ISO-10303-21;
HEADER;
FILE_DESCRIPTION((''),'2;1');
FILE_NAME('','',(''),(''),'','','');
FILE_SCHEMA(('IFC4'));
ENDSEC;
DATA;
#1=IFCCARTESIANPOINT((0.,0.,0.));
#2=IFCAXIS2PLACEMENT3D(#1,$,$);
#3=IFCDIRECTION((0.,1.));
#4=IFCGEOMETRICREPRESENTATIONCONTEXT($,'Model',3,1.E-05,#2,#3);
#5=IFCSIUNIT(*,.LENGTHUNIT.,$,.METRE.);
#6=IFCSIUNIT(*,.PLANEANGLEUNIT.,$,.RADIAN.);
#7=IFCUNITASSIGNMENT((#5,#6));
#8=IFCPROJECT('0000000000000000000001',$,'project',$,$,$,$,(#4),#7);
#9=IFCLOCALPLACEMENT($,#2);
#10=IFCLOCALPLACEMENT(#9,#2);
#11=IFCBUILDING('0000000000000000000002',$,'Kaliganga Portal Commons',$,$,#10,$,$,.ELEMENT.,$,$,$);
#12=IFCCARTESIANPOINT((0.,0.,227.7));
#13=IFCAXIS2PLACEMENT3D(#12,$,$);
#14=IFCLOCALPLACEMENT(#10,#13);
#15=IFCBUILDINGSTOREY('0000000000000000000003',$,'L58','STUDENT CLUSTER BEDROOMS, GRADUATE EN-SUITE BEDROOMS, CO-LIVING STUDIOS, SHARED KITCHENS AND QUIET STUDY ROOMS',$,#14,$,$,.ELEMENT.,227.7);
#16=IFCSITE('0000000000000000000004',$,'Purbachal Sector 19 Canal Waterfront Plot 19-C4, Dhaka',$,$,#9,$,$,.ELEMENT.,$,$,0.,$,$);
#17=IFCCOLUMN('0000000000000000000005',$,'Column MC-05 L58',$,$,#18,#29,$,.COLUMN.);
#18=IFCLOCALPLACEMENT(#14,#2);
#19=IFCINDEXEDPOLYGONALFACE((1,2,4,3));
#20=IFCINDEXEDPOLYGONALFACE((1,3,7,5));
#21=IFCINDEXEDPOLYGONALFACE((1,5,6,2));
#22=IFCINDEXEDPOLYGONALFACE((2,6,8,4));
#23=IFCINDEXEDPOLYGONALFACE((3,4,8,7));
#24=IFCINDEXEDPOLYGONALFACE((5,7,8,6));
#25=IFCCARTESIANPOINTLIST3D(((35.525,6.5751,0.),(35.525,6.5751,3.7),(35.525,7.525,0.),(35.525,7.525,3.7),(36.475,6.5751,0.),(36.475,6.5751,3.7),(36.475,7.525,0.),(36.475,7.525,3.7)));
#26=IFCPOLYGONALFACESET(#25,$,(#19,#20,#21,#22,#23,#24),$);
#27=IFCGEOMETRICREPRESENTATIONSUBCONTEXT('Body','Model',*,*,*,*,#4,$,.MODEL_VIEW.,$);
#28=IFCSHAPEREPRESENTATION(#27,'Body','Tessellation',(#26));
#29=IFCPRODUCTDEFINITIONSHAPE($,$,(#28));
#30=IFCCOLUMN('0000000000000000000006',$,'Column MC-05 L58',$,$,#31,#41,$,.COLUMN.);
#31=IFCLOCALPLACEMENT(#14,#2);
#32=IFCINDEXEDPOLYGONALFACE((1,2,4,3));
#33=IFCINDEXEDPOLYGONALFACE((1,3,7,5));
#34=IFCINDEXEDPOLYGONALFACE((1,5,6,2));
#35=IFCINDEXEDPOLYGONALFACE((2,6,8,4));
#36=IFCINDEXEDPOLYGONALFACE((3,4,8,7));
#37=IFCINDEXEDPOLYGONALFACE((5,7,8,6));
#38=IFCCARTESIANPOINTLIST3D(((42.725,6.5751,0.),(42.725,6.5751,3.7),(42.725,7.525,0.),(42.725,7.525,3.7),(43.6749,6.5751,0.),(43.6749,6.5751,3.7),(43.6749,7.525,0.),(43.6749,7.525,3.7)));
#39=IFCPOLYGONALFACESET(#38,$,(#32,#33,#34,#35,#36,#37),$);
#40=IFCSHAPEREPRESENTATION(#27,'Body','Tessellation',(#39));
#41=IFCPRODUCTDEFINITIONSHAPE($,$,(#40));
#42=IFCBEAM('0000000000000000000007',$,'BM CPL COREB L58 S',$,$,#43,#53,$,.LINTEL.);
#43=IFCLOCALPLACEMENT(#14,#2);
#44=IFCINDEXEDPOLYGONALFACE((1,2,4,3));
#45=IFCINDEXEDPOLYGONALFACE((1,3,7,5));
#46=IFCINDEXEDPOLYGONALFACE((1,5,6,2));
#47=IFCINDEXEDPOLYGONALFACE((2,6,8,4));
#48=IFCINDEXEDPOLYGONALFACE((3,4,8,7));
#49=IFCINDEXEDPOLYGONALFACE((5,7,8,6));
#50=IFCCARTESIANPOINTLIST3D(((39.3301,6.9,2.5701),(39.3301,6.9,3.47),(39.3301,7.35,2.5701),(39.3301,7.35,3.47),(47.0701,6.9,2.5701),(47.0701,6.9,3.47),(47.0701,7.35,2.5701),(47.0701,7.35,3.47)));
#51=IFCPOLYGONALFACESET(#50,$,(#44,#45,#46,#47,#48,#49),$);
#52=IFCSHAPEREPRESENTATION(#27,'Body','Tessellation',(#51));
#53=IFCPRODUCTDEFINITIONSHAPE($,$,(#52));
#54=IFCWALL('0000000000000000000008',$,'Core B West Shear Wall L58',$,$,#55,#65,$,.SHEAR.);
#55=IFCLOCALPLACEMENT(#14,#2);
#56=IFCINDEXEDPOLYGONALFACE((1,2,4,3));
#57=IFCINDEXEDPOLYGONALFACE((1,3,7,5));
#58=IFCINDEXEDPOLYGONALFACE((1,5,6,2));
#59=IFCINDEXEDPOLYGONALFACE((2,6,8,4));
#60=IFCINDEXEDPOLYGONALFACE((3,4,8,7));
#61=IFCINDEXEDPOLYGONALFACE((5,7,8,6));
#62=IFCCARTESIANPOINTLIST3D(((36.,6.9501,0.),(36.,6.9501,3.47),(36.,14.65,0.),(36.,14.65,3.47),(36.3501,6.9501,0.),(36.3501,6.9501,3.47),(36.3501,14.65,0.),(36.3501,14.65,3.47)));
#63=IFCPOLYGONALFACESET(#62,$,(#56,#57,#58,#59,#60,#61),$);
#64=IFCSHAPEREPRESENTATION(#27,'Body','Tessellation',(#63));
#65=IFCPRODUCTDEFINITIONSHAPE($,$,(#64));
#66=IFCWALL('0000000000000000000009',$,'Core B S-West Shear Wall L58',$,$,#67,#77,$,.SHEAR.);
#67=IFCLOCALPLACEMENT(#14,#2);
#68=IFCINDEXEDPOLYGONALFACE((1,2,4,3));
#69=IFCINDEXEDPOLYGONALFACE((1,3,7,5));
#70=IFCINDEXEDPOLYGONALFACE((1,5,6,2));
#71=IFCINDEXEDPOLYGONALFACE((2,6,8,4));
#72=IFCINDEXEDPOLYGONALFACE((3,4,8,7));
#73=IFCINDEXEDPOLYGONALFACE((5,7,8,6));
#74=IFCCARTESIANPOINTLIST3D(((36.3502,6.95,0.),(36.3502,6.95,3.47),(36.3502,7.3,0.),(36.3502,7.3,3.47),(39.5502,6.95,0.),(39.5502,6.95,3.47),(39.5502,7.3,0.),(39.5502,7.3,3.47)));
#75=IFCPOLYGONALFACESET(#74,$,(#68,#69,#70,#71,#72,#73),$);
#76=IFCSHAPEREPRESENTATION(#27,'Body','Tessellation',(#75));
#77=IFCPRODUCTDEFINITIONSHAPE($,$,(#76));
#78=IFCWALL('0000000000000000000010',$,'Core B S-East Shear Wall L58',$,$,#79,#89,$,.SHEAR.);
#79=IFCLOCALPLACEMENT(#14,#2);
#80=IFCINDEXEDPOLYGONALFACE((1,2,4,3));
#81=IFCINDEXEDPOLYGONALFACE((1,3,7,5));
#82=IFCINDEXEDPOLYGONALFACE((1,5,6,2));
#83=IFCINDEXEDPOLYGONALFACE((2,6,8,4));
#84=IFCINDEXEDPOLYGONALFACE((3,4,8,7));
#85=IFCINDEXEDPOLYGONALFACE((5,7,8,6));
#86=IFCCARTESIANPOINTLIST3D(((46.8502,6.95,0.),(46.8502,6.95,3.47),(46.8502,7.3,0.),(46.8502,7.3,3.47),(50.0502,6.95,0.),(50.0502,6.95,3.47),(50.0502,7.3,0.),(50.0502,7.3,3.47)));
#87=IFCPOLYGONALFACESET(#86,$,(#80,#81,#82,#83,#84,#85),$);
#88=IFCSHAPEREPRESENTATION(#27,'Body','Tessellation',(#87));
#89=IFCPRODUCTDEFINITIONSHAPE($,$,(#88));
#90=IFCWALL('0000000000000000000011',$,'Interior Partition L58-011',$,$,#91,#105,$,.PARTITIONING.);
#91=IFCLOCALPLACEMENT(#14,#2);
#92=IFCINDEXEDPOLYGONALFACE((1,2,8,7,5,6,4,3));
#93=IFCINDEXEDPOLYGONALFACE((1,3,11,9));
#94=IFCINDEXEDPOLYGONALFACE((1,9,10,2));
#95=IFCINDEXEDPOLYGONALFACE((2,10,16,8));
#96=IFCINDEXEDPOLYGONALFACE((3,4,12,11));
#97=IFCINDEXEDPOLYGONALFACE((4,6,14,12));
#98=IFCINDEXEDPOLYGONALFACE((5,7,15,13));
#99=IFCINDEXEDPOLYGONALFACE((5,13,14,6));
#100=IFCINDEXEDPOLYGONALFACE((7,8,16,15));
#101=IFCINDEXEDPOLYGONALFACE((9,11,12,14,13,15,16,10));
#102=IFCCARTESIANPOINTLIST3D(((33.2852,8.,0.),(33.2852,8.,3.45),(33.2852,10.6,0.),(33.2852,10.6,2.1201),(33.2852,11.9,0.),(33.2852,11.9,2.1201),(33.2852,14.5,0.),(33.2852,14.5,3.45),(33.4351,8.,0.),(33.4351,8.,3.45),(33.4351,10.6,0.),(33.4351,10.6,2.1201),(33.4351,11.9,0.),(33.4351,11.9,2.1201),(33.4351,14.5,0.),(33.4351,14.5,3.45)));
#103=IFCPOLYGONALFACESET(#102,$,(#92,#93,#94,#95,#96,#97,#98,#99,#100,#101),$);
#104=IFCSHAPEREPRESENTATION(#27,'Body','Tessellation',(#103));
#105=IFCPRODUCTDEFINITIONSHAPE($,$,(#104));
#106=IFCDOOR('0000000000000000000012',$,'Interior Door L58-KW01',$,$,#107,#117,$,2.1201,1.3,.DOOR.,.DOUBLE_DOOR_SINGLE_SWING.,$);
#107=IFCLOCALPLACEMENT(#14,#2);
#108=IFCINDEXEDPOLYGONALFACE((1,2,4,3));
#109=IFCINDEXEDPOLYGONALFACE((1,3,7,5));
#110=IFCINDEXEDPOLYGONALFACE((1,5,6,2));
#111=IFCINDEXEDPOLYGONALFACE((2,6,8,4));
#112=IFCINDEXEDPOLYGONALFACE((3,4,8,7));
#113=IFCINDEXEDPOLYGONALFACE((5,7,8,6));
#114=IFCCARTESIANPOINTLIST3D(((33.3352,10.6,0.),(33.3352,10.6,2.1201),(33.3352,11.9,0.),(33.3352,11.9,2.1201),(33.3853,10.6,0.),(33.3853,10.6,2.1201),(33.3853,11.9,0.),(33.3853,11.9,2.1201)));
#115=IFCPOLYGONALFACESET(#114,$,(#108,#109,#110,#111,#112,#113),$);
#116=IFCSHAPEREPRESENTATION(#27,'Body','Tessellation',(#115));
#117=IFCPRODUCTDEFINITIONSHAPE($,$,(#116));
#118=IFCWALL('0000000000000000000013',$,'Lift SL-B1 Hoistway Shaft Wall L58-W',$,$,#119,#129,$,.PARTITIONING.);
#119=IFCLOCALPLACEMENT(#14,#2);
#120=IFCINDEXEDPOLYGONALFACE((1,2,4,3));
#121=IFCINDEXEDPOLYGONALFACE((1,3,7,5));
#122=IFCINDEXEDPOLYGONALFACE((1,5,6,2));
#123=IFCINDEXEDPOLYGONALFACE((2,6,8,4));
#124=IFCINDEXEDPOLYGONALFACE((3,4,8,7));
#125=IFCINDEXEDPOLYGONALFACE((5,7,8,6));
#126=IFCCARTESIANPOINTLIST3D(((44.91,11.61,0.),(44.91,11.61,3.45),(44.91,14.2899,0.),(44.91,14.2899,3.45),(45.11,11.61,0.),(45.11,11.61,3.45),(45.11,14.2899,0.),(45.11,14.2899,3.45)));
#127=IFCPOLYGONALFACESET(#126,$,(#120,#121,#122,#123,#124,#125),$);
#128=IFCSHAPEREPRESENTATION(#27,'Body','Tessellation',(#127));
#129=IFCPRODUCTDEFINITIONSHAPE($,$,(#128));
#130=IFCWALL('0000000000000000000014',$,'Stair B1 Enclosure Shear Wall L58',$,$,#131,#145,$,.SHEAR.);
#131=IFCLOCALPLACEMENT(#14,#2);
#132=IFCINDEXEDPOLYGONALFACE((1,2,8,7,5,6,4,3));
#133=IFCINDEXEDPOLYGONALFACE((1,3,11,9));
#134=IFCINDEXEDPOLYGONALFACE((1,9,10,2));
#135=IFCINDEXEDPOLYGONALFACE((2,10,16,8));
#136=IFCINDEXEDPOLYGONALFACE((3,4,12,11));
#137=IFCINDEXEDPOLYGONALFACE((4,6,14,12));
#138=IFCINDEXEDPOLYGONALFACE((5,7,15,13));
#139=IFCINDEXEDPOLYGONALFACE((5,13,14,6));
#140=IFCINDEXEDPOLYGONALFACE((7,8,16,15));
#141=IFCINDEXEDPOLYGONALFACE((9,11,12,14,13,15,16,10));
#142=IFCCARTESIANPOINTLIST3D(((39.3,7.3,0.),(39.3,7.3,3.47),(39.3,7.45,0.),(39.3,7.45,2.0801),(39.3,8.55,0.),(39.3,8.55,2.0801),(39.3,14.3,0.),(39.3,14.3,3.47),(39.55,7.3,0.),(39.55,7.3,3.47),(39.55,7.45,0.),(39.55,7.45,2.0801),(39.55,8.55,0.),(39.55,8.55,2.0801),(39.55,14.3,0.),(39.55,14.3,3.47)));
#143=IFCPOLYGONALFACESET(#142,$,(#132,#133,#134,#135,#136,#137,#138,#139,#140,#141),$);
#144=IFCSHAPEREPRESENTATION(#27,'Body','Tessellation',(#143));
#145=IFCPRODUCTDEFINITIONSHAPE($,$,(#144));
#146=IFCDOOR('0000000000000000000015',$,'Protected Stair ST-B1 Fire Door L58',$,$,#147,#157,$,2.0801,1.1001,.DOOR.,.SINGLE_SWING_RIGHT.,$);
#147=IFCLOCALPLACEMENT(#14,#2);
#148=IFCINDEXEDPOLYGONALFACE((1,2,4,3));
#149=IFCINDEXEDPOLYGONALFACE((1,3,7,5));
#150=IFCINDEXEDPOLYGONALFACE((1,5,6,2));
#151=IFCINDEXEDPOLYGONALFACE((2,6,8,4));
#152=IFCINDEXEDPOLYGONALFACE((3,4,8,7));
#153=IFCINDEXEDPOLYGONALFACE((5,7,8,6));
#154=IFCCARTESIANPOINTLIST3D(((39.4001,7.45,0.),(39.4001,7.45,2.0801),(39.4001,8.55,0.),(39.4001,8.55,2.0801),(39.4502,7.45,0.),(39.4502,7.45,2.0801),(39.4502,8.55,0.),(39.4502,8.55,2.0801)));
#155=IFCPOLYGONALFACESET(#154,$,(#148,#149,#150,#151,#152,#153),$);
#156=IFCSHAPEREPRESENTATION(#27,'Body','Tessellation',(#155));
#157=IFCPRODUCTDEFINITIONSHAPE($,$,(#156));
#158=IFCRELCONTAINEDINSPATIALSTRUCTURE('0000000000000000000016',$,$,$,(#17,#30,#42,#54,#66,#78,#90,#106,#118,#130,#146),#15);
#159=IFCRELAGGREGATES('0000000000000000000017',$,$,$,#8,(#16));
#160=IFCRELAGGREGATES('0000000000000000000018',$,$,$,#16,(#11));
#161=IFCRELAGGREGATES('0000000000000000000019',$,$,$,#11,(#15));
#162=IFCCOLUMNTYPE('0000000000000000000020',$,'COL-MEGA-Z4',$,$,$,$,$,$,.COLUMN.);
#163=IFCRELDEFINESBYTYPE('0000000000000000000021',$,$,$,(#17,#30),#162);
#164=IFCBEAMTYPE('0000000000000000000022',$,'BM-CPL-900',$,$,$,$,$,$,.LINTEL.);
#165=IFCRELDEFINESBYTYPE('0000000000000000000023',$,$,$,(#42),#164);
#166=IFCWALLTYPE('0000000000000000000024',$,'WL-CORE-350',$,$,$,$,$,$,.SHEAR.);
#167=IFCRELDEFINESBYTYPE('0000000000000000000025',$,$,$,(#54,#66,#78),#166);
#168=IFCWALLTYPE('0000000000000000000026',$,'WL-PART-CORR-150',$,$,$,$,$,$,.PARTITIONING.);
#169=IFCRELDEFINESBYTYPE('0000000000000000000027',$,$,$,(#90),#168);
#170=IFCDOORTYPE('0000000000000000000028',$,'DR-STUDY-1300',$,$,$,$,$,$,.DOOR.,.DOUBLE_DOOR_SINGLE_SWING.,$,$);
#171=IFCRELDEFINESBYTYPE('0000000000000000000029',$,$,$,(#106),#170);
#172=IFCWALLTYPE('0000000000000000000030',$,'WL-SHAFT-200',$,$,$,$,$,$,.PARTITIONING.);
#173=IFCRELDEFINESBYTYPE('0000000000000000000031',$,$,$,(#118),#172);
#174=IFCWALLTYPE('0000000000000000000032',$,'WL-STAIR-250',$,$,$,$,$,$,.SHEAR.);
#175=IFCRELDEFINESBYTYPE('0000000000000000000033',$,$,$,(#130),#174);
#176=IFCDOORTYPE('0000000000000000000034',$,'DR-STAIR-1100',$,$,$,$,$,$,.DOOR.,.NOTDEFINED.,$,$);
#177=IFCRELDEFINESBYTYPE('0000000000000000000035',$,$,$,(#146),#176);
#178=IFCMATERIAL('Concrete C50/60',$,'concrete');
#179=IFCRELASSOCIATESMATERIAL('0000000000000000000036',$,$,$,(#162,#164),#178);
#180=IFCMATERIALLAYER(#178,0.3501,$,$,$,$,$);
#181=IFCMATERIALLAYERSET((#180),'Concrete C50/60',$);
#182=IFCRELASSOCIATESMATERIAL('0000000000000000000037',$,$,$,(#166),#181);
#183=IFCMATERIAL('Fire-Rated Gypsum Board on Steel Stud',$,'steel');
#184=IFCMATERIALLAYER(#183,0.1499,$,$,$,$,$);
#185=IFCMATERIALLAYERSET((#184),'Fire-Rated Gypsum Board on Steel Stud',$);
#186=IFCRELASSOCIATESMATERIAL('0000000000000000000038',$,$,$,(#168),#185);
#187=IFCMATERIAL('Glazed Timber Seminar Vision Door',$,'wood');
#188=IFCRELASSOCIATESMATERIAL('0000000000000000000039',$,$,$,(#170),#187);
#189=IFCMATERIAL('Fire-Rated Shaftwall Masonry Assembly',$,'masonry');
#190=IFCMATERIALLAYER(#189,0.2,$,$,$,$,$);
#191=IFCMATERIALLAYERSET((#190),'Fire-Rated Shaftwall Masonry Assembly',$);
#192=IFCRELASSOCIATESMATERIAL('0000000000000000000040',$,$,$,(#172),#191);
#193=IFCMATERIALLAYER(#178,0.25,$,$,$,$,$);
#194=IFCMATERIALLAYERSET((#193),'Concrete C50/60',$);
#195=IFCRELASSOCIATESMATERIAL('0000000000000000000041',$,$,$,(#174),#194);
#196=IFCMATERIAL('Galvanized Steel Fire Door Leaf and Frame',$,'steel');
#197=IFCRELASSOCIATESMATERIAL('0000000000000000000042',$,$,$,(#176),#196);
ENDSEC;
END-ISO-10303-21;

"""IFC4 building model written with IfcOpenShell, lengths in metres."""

from ifc_helpers import new_model, si_unit, direction, frame, frame_2d, origin, origin_2d, place, context, subcontext, project, spatial, rectangle, extrude, source, transform, mapped, material, layer, layer_set, material_profile, profile_set, type_object, element, fill, save


model = new_model("IFC4")

# Units and contexts
model_context = context("Model", 3, precision=1e-05, world=origin(), true_north=direction((0.0, 1.0)))
body_context = subcontext(model_context, "Body", "Model", "MODEL_VIEW")
ifc_project = project(units=[si_unit("LENGTHUNIT", "METRE"), si_unit("PLANEANGLEUNIT", "RADIAN")], contexts=[model_context])

# Site, building, storey
site_placement = place(None, origin())
site = spatial("IfcSite", under=ifc_project, at=site_placement, Name="Purbachal Sector 19 Canal Waterfront Plot 19-C4, Dhaka", CompositionType="ELEMENT", RefElevation=0.0)
building_placement = place(site_placement, origin())
building = spatial("IfcBuilding", under=site, at=building_placement, Name="Kaliganga Portal Commons", CompositionType="ELEMENT")
storey_placement = place(building_placement, frame((0.0, 0.0, 227.7)))
storey = spatial("IfcBuildingStorey", under=building, at=storey_placement, Name="L58", Description="STUDENT CLUSTER BEDROOMS, GRADUATE EN-SUITE BEDROOMS, CO-LIVING STUDIOS, SHARED KITCHENS AND QUIET STUDY ROOMS", CompositionType="ELEMENT", Elevation=227.7)

# Columns
ifc_material_1 = material(Name="Concrete C50/60", Category="concrete")
ifc_material_profile_1 = material_profile(ifc_material_1, rectangle(XDim=0.95, YDim=0.95, at=origin_2d()), Name="RC 950x950")
ifc_profile_set_1 = profile_set([ifc_material_profile_1], Name="Concrete C50/60")
column_type = type_object("IfcColumnType", Name="COL-MEGA-Z4", PredefinedType="COLUMN", material=ifc_profile_set_1)
shared_shape_1 = source(origin(), body_context, "Body", "SweptSolid", [
    extrude(rectangle(XDim=0.95, YDim=0.95, at=origin_2d()), origin(), (0.0, 0.0, 1.0), 3.7),
])
for number, where, z_axis, x_axis, name in (
    (1, (36.0, 7.05, 0.0), (0.0, 0.0, 1.0), (1.0, 0.0, 0.0), "Column MC-05 L58"),
    (2, (43.2, 7.05, 0.0), (0.0, 0.0, 1.0), (1.0, 0.0, 0.0), "Column MC-05 L58"),
):
    element("IfcColumn", number, at=place(storey_placement, frame(where, z_axis=z_axis, x_axis=x_axis)), inside=storey, type_object=column_type, Name=name, PredefinedType="COLUMN", context=body_context, shape_type="MappedRepresentation", body=[
        mapped(shared_shape_1, transform((0.0, 0.0, 0.0), x_axis=(1.0, 0.0, 0.0), y_axis=(0.0, 1.0, 0.0), z_axis=(0.0, 0.0, 1.0), scale=1.0)),
    ])

# Beam
ifc_material_profile_2 = material_profile(ifc_material_1, rectangle(XDim=0.45, YDim=0.8999, at=origin_2d()), Name="RC 450x900")
ifc_profile_set_2 = profile_set([ifc_material_profile_2], Name="Concrete C50/60")
beam_type = type_object("IfcBeamType", Name="BM-CPL-900", PredefinedType="LINTEL", material=ifc_profile_set_2)
shared_shape_2 = source(origin(), body_context, "Body", "SweptSolid", [
    extrude(rectangle(XDim=0.45, YDim=0.8999, at=origin_2d()), origin(), (0.0, 0.0, 1.0), 7.74),
])
beam_placement = place(storey_placement, frame((39.3301, 7.125, 3.02), z_axis=(1.0, 0.0, 0.0), x_axis=(0.0, 1.0, 0.0)))
element("IfcBeam", 3, at=beam_placement, inside=storey, type_object=beam_type, Name="BM CPL COREB L58 S", PredefinedType="LINTEL", context=body_context, shape_type="MappedRepresentation", body=[
    mapped(shared_shape_2, transform((0.0, 0.0, 0.0), x_axis=(1.0, 0.0, 0.0), y_axis=(0.0, 1.0, 0.0), z_axis=(0.0, 0.0, 1.0), scale=1.0)),
])

# Walls
ifc_layer_1 = layer(ifc_material_1, 0.3501)
ifc_layer_set_1 = layer_set([ifc_layer_1], Name="Concrete C50/60")
wall_type_1 = type_object("IfcWallType", Name="WL-CORE-350", PredefinedType="SHEAR", material=ifc_layer_set_1)
wall_1_placement = place(storey_placement, frame((36.175, 6.95, 0.0), z_axis=(0.0, 0.0, 1.0), x_axis=(0.0, 1.0, 0.0)))
element("IfcWall", 4, at=wall_1_placement, inside=storey, type_object=wall_type_1, Name="Core B West Shear Wall L58", PredefinedType="SHEAR", context=body_context, shape_type="SweptSolid", body=[
    extrude(rectangle(XDim=7.7, YDim=0.3501, at=frame_2d((3.8501, 0.0))), origin(), (0.0, 0.0, 1.0), 3.47),
])
for number, where, z_axis, x_axis, name in (
    (5, (36.3501, 7.125, 0.0), (0.0, 0.0, 1.0), (1.0, 0.0, 0.0), "Core B S-West Shear Wall L58"),
    (6, (46.8501, 7.125, 0.0), (0.0, 0.0, 1.0), (1.0, 0.0, 0.0), "Core B S-East Shear Wall L58"),
):
    element("IfcWall", number, at=place(storey_placement, frame(where, z_axis=z_axis, x_axis=x_axis)), inside=storey, type_object=wall_type_1, Name=name, PredefinedType="SHEAR", context=body_context, shape_type="SweptSolid", body=[
        extrude(rectangle(XDim=3.2, YDim=0.3501, at=frame_2d((1.6001, 0.0))), origin(), (0.0, 0.0, 1.0), 3.47),
    ])

# Wall, opening, door
ifc_material_2 = material(Name="Fire-Rated Gypsum Board on Steel Stud", Category="steel")
ifc_layer_2 = layer(ifc_material_2, 0.1499)
ifc_layer_set_2 = layer_set([ifc_layer_2], Name="Fire-Rated Gypsum Board on Steel Stud")
wall_type_2 = type_object("IfcWallType", Name="WL-PART-CORR-150", PredefinedType="PARTITIONING", material=ifc_layer_set_2)
wall_2_placement = place(storey_placement, frame((33.3601, 8.0, 0.0), z_axis=(0.0, 0.0, 1.0), x_axis=(0.0, 1.0, 0.0)))
wall_2 = element("IfcWall", 7, at=wall_2_placement, inside=storey, type_object=wall_type_2, Name="Interior Partition L58-011", PredefinedType="PARTITIONING", context=body_context, shape_type="SweptSolid", body=[
    extrude(rectangle(XDim=6.5, YDim=0.1499, at=frame_2d((3.25, 0.0))), origin(), (0.0, 0.0, 1.0), 3.45),
])
opening_1_placement = place(wall_2_placement, frame((2.6001, 0.0, 0.0)))
opening_1 = element("IfcOpeningElement", 8, at=opening_1_placement, cuts=wall_2, PredefinedType="OPENING", context=body_context, shape_type="SweptSolid", body=[
    extrude(rectangle(XDim=1.3, YDim=2.1201, at=frame_2d((0.6499, 1.0601))), frame((0.0, 0.085, 0.0), z_axis=(0.0, -1.0, 0.0), x_axis=(1.0, 0.0, 0.0)), (0.0, 0.0, 1.0), 0.1699),
])
ifc_material_3 = material(Name="Glazed Timber Seminar Vision Door", Category="wood")
door_type_1 = type_object("IfcDoorType", Name="DR-STUDY-1300", OperationType="DOUBLE_DOOR_SINGLE_SWING", PredefinedType="DOOR", material=ifc_material_3)
door_1_placement = place(opening_1_placement, origin())
door_1 = element("IfcDoor", 9, at=door_1_placement, inside=storey, type_object=door_type_1, Name="Interior Door L58-KW01", OperationType="DOUBLE_DOOR_SINGLE_SWING", OverallHeight=2.1201, OverallWidth=1.3, PredefinedType="DOOR", context=body_context, shape_type="SweptSolid", body=[
    extrude(rectangle(XDim=1.3, YDim=2.1201, at=frame_2d((0.6499, 1.0601))), frame((0.0, 0.0249, 0.0), z_axis=(0.0, -1.0, 0.0), x_axis=(1.0, 0.0, 0.0)), (0.0, 0.0, 1.0), 0.05),
])
fill(opening_1, door_1)
ifc_material_4 = material(Name="Fire-Rated Shaftwall Masonry Assembly", Category="masonry")
ifc_layer_3 = layer(ifc_material_4, 0.2)
ifc_layer_set_3 = layer_set([ifc_layer_3], Name="Fire-Rated Shaftwall Masonry Assembly")
wall_type_3 = type_object("IfcWallType", Name="WL-SHAFT-200", PredefinedType="PARTITIONING", material=ifc_layer_set_3)

# Wall
wall_3_placement = place(storey_placement, frame((45.01, 11.6101, 0.0), z_axis=(0.0, 0.0, 1.0), x_axis=(0.0, 1.0, 0.0)))
element("IfcWall", 10, at=wall_3_placement, inside=storey, type_object=wall_type_3, Name="Lift SL-B1 Hoistway Shaft Wall L58-W", PredefinedType="PARTITIONING", context=body_context, shape_type="SweptSolid", body=[
    extrude(rectangle(XDim=2.6799, YDim=0.2, at=frame_2d((1.3398, 0.0))), origin(), (0.0, 0.0, 1.0), 3.45),
])

# Wall, opening, door
ifc_layer_4 = layer(ifc_material_1, 0.25)
ifc_layer_set_4 = layer_set([ifc_layer_4], Name="Concrete C50/60")
wall_type_4 = type_object("IfcWallType", Name="WL-STAIR-250", PredefinedType="SHEAR", material=ifc_layer_set_4)
wall_4_placement = place(storey_placement, frame((39.425, 7.3, 0.0), z_axis=(0.0, 0.0, 1.0), x_axis=(0.0, 1.0, 0.0)))
wall_4 = element("IfcWall", 11, at=wall_4_placement, inside=storey, type_object=wall_type_4, Name="Stair B1 Enclosure Shear Wall L58", PredefinedType="SHEAR", context=body_context, shape_type="SweptSolid", body=[
    extrude(rectangle(XDim=7.0, YDim=0.25, at=frame_2d((3.5, 0.0))), origin(), (0.0, 0.0, 1.0), 3.47),
])
opening_2_placement = place(wall_4_placement, frame((0.1499, 0.0, 0.0)))
opening_2 = element("IfcOpeningElement", 12, at=opening_2_placement, cuts=wall_4, PredefinedType="OPENING", context=body_context, shape_type="SweptSolid", body=[
    extrude(rectangle(XDim=1.1001, YDim=2.0801, at=frame_2d((0.55, 1.04))), frame((0.0, 0.135, 0.0), z_axis=(0.0, -1.0, 0.0), x_axis=(1.0, 0.0, 0.0)), (0.0, 0.0, 1.0), 0.27),
])
ifc_material_5 = material(Name="Galvanized Steel Fire Door Leaf and Frame", Category="steel")
door_type_2 = type_object("IfcDoorType", Name="DR-STAIR-1100", OperationType="NOTDEFINED", PredefinedType="DOOR", material=ifc_material_5)
door_2_placement = place(opening_2_placement, origin())
door_2 = element("IfcDoor", 13, at=door_2_placement, inside=storey, type_object=door_type_2, Name="Protected Stair ST-B1 Fire Door L58", OperationType="SINGLE_SWING_RIGHT", OverallHeight=2.0801, OverallWidth=1.1001, PredefinedType="DOOR", context=body_context, shape_type="SweptSolid", body=[
    extrude(rectangle(XDim=1.1001, YDim=2.0801, at=frame_2d((0.55, 1.04))), frame((0.0, 0.0249, 0.0), z_axis=(0.0, -1.0, 0.0), x_axis=(1.0, 0.0, 0.0)), (0.0, 0.0, 1.0), 0.05),
])
fill(opening_2, door_2)

save(model, "model.ifc")
